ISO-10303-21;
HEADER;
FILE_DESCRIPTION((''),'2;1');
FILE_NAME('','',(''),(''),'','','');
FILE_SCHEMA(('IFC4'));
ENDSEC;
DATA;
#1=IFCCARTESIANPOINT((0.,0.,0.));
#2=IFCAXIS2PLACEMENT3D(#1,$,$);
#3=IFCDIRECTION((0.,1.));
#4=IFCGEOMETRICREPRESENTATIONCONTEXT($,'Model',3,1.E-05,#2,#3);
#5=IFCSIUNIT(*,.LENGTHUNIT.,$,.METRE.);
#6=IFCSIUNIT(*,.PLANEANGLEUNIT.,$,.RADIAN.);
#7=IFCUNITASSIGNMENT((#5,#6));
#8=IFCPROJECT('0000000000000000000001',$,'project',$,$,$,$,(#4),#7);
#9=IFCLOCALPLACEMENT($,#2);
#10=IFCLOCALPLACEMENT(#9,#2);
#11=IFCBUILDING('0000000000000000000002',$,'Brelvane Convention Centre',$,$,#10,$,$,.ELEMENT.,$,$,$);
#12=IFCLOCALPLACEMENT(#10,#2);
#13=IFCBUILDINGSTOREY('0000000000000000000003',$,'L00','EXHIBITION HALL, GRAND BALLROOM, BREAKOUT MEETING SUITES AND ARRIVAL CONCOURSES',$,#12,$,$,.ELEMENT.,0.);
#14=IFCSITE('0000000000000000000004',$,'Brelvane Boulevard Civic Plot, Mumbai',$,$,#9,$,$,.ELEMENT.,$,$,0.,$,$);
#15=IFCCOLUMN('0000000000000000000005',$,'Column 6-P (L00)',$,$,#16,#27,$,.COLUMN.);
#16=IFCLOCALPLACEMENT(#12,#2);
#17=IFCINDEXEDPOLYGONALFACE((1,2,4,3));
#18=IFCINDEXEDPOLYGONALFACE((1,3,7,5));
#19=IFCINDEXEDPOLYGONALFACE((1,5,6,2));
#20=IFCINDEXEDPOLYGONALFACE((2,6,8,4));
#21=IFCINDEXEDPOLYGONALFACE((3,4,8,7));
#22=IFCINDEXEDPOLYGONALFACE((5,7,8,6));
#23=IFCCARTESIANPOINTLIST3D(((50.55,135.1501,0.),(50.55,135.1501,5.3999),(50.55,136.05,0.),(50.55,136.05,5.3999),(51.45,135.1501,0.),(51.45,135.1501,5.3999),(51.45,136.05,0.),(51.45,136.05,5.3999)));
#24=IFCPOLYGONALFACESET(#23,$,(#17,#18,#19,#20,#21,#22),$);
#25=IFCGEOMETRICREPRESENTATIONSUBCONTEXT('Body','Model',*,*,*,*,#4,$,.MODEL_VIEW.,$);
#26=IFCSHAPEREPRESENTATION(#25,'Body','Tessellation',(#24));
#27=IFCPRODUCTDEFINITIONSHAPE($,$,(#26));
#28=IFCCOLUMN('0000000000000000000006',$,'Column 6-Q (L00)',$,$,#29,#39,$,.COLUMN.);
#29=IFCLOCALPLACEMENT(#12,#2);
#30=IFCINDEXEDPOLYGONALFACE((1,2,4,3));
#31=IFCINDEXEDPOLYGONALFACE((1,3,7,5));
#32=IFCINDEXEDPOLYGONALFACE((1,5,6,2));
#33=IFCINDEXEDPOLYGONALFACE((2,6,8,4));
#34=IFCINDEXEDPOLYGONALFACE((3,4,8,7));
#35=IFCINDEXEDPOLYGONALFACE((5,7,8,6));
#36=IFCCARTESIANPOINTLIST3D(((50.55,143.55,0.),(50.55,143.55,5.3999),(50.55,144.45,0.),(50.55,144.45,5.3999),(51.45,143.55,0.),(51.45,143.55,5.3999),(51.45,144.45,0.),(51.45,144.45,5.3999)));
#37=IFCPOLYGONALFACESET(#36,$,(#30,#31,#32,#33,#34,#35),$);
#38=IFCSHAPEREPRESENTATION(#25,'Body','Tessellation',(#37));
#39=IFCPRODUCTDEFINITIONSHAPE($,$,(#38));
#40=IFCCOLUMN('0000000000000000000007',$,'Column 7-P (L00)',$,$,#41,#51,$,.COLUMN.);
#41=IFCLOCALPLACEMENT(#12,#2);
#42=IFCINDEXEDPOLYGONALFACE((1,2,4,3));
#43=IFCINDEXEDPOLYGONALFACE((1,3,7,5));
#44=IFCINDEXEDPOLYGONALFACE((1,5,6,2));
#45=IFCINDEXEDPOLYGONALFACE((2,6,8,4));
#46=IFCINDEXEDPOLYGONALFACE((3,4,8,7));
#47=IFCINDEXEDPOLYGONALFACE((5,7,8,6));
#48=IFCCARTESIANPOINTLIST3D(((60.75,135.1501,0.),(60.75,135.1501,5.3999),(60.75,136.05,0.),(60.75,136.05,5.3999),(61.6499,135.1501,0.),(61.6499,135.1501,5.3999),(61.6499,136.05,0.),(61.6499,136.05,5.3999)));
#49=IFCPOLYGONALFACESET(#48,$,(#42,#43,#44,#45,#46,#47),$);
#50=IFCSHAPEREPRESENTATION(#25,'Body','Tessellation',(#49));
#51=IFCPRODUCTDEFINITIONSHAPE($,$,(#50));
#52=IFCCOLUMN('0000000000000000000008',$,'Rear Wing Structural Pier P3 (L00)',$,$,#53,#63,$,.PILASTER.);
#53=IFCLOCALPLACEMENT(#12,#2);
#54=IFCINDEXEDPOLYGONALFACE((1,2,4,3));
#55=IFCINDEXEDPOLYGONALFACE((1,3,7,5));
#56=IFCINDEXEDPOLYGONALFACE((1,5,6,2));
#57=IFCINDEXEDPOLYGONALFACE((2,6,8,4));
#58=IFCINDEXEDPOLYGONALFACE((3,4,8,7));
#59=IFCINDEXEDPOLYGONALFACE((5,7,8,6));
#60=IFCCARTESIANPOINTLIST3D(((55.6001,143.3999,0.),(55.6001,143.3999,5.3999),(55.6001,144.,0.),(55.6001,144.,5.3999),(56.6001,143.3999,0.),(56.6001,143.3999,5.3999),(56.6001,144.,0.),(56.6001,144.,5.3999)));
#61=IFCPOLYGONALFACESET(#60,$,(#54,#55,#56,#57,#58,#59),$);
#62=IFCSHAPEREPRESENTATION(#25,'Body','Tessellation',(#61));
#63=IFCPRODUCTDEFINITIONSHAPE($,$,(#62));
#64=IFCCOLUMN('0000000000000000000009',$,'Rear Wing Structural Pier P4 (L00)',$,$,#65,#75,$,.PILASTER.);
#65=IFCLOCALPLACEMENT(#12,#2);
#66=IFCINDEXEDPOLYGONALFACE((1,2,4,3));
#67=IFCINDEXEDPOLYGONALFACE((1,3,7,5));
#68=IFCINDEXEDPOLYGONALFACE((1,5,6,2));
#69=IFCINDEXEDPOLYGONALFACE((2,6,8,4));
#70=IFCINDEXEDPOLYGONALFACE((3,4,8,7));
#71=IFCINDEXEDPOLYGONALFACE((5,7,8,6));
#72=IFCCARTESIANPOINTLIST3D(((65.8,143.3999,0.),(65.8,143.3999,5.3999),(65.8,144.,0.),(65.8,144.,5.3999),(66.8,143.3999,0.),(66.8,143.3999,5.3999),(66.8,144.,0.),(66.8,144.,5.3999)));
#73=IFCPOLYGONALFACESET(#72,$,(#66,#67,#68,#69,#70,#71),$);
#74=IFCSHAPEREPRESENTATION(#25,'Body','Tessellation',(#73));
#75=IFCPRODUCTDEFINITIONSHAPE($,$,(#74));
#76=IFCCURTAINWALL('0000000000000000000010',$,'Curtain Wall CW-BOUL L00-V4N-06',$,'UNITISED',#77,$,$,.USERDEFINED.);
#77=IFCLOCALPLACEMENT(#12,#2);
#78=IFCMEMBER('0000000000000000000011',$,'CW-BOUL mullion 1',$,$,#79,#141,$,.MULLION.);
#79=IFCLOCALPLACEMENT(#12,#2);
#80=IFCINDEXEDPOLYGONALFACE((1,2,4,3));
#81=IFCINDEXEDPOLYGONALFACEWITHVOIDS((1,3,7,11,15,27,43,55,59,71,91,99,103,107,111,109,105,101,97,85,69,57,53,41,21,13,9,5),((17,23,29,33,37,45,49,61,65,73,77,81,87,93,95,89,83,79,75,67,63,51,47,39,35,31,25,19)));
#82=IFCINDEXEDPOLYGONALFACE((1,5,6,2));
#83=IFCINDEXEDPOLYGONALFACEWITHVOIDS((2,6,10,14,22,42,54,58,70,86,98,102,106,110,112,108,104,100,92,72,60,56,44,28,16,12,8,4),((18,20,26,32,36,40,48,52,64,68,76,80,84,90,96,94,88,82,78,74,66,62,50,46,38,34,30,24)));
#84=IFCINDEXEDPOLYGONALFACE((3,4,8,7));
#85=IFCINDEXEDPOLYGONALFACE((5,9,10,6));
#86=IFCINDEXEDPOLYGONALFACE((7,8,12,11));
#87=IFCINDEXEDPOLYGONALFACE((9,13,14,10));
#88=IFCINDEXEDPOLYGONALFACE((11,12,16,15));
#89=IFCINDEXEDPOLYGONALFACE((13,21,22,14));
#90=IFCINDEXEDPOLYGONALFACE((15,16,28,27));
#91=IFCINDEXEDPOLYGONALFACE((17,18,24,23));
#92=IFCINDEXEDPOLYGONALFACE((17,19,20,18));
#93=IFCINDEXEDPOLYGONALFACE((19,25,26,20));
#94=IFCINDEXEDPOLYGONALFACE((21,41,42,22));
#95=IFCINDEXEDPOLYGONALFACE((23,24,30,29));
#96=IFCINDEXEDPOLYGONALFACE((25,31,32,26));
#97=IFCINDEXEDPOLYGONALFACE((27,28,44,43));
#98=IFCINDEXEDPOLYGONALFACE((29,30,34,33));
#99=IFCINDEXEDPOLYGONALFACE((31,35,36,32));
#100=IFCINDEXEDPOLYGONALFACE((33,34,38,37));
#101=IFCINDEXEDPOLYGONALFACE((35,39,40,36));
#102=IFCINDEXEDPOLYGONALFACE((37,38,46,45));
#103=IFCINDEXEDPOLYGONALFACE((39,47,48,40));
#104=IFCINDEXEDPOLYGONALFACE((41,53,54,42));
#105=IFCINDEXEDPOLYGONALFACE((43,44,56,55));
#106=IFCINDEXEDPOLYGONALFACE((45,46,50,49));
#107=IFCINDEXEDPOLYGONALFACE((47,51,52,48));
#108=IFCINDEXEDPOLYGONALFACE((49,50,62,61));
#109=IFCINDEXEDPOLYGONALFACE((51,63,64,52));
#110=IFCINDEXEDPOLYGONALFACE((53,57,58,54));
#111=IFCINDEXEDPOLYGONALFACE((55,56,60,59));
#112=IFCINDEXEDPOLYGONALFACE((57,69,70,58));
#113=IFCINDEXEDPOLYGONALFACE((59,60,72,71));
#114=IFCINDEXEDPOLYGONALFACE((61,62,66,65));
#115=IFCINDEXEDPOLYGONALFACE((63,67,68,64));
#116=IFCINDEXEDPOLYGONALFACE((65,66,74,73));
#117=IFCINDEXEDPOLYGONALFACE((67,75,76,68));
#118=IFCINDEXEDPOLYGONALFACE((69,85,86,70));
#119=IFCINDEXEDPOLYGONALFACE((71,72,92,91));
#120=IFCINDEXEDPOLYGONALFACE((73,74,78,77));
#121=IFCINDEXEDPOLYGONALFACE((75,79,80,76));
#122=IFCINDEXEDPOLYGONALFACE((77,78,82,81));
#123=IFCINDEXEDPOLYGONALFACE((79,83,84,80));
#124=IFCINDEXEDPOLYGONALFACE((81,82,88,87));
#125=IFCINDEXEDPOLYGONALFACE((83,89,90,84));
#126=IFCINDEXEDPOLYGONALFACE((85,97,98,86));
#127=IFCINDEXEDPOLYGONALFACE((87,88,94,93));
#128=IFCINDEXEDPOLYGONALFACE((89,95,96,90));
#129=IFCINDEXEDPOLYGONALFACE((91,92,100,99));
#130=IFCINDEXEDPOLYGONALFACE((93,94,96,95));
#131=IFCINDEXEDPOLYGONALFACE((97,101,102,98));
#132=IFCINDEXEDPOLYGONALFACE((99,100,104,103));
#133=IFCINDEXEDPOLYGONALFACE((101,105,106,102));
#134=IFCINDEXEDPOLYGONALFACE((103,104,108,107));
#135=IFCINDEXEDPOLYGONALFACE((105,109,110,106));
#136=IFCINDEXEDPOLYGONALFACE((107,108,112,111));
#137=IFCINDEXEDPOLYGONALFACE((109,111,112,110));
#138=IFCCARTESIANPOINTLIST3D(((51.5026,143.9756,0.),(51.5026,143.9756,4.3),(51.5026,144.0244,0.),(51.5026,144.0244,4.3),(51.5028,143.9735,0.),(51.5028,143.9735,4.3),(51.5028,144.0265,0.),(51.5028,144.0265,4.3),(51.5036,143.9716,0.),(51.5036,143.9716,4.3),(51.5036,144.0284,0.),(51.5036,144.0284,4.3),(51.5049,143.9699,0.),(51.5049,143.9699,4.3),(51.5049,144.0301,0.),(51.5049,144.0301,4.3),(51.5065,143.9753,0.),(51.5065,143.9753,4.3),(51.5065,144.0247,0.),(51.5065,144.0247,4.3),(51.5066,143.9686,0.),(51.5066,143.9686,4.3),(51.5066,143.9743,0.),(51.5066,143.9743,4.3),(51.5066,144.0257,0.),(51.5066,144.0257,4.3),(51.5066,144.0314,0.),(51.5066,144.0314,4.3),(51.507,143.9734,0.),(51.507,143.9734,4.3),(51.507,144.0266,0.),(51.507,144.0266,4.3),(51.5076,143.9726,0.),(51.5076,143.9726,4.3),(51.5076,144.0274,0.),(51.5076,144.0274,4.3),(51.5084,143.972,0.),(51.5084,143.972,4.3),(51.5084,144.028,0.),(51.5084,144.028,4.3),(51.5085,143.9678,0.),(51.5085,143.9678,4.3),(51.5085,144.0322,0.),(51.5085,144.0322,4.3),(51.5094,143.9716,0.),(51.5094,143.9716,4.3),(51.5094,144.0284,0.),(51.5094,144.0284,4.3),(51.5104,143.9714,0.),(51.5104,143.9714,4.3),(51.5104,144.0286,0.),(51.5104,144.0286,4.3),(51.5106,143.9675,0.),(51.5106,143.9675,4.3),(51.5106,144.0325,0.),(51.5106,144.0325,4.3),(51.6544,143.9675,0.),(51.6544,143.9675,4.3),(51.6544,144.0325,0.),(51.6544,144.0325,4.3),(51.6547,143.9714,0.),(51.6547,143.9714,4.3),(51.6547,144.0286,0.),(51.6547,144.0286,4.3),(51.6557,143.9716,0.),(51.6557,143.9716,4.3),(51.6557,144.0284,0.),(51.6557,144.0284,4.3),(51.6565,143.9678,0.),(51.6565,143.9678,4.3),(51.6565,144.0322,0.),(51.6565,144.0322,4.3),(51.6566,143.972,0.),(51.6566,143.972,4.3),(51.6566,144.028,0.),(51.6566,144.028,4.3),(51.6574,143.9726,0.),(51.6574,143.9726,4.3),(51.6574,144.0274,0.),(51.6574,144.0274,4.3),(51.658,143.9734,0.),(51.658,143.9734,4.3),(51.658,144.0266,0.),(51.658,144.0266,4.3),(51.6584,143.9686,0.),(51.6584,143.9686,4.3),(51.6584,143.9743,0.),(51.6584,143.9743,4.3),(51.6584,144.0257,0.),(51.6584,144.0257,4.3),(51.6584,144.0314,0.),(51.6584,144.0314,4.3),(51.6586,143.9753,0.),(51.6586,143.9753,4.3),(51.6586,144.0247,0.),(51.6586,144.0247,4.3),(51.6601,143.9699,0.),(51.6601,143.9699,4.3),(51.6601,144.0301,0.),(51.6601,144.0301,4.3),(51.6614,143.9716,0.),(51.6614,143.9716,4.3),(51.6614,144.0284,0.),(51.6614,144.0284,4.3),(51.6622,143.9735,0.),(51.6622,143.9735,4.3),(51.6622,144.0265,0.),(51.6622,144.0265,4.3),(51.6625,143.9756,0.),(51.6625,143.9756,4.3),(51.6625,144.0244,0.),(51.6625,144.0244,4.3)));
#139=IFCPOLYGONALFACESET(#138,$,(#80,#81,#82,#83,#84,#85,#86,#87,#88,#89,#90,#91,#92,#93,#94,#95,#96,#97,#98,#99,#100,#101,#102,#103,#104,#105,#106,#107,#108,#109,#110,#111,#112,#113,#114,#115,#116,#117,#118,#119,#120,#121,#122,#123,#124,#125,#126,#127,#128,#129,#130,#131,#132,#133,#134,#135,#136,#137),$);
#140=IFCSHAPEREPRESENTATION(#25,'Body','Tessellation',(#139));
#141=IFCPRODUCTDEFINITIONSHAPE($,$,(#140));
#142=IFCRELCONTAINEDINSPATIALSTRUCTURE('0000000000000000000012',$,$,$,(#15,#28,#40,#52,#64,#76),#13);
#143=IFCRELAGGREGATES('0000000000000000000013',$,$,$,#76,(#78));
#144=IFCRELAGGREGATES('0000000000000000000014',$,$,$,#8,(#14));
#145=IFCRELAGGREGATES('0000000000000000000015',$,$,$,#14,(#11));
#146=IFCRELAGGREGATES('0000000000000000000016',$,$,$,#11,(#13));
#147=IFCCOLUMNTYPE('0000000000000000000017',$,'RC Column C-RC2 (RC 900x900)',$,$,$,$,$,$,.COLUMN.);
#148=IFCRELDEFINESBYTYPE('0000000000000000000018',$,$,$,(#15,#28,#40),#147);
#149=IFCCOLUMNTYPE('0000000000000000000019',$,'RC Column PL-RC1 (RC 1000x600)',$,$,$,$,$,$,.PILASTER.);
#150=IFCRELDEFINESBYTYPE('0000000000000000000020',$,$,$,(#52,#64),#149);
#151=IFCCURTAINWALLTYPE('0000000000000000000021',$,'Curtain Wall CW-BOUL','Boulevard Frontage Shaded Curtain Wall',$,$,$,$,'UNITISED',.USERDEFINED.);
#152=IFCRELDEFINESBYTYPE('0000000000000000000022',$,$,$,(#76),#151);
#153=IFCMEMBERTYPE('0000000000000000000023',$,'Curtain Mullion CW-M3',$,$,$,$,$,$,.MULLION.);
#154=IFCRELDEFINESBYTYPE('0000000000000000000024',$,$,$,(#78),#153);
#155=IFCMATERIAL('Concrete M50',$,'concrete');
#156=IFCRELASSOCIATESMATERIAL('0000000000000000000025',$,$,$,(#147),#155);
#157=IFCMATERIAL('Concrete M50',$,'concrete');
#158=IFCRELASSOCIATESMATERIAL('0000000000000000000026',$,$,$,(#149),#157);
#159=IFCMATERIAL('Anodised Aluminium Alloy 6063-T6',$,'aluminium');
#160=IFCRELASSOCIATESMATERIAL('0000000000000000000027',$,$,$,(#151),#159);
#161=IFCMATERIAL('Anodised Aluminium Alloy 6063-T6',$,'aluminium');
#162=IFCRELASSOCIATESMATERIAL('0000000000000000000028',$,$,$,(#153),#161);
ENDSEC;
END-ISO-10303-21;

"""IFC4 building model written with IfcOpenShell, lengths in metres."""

from ifc_helpers import new_model, si_unit, direction, frame, origin, origin_2d, place, context, subcontext, project, spatial, rectangle, hollow_rectangle, extrude, material, material_profile, profile_set, type_object, element, aggregate, save


model = new_model("IFC4")

# Units and contexts
model_context = context("Model", 3, precision=1e-05, world=origin(), true_north=direction((0.0, 1.0)))
body_context = subcontext(model_context, "Body", "Model", "MODEL_VIEW")
ifc_project = project(units=[si_unit("LENGTHUNIT", "METRE"), si_unit("PLANEANGLEUNIT", "RADIAN")], contexts=[model_context])

# Site, building, storey
site_placement = place(None, origin())
site = spatial("IfcSite", under=ifc_project, at=site_placement, Name="Brelvane Boulevard Civic Plot, Mumbai", CompositionType="ELEMENT", RefElevation=0.0)
building_placement = place(site_placement, origin())
building = spatial("IfcBuilding", under=site, at=building_placement, Name="Brelvane Convention Centre", CompositionType="ELEMENT")
storey_placement = place(building_placement, origin())
storey = spatial("IfcBuildingStorey", under=building, at=storey_placement, Name="L00", Description="EXHIBITION HALL, GRAND BALLROOM, BREAKOUT MEETING SUITES AND ARRIVAL CONCOURSES", CompositionType="ELEMENT", Elevation=0.0)

# Columns
ifc_material_1 = material(Name="Concrete M50", Category="concrete")
ifc_material_profile_1 = material_profile(ifc_material_1, rectangle(XDim=0.8999, YDim=0.8999, at=origin_2d()), Name="RC 900x900")
ifc_profile_set_1 = profile_set([ifc_material_profile_1], Name="Concrete M50")
column_type_1 = type_object("IfcColumnType", Name="RC Column C-RC2 (RC 900x900)", PredefinedType="COLUMN", material=ifc_profile_set_1)
for number, where, z_axis, x_axis, name in (
    (1, (51.0, 135.6001, 0.0), (0.0, 0.0, 1.0), (1.0, 0.0, 0.0), "Column 6-P (L00)"),
    (2, (51.0, 144.0, 0.0), (0.0, 0.0, 1.0), (1.0, 0.0, 0.0), "Column 6-Q (L00)"),
    (3, (61.2, 135.6001, 0.0), (0.0, 0.0, 1.0), (1.0, 0.0, 0.0), "Column 7-P (L00)"),
):
    element("IfcColumn", number, at=place(storey_placement, frame(where, z_axis=z_axis, x_axis=x_axis)), inside=storey, type_object=column_type_1, Name=name, PredefinedType="COLUMN", context=body_context, shape_type="SweptSolid", body=[
        extrude(rectangle(XDim=0.8999, YDim=0.8999, at=origin_2d()), origin(), (0.0, 0.0, 1.0), 5.3999),
    ])
ifc_material_2 = material(Name="Concrete M50", Category="concrete")
ifc_material_profile_2 = material_profile(ifc_material_2, rectangle(XDim=1.0, YDim=0.6001, at=origin_2d()), Name="RC 1000x600")
ifc_profile_set_2 = profile_set([ifc_material_profile_2], Name="Concrete M50")
column_type_2 = type_object("IfcColumnType", Name="RC Column PL-RC1 (RC 1000x600)", PredefinedType="PILASTER", material=ifc_profile_set_2)
for number, where, z_axis, x_axis, name in (
    (4, (56.1001, 143.7, 0.0), (0.0, 0.0, 1.0), (1.0, 0.0, 0.0), "Rear Wing Structural Pier P3 (L00)"),
    (5, (66.3, 143.7, 0.0), (0.0, 0.0, 1.0), (1.0, 0.0, 0.0), "Rear Wing Structural Pier P4 (L00)"),
):
    element("IfcColumn", number, at=place(storey_placement, frame(where, z_axis=z_axis, x_axis=x_axis)), inside=storey, type_object=column_type_2, Name=name, PredefinedType="PILASTER", context=body_context, shape_type="SweptSolid", body=[
        extrude(rectangle(XDim=1.0, YDim=0.6001, at=origin_2d()), origin(), (0.0, 0.0, 1.0), 5.3999),
    ])

# Curtain wall, member
ifc_material_3 = material(Name="Anodised Aluminium Alloy 6063-T6", Category="aluminium")
curtain_wall_type = type_object("IfcCurtainWallType", Name="Curtain Wall CW-BOUL", Description="Boulevard Frontage Shaded Curtain Wall", ElementType="UNITISED", PredefinedType="USERDEFINED", material=ifc_material_3)
curtain_wall_placement = place(storey_placement, origin())
curtain_wall = element("IfcCurtainWall", 6, at=curtain_wall_placement, inside=storey, type_object=curtain_wall_type, Name="Curtain Wall CW-BOUL L00-V4N-06", ObjectType="UNITISED", PredefinedType="USERDEFINED")
ifc_material_4 = material(Name="Anodised Aluminium Alloy 6063-T6", Category="aluminium")
ifc_material_profile_3 = material_profile(ifc_material_4, hollow_rectangle(XDim=0.0649, YDim=0.1599, WallThickness=0.0039, InnerFilletRadius=0.0039, OuterFilletRadius=0.0081, at=origin_2d()), Name="ALU-M 160x65x4.0")
ifc_profile_set_3 = profile_set([ifc_material_profile_3], Name="Anodised Aluminium Alloy 6063-T6")
member_type_1 = type_object("IfcMemberType", Name="Curtain Mullion CW-M3", PredefinedType="MULLION", material=ifc_profile_set_3)
member_1_placement = place(storey_placement, frame((51.5825, 144.0, 0.0), z_axis=(0.0, 0.0, 1.0), x_axis=(0.0, 1.0, 0.0)))
member_1 = element("IfcMember", 7, at=member_1_placement, type_object=member_type_1, Name="CW-BOUL mullion 1", PredefinedType="MULLION", context=body_context, shape_type="SweptSolid", body=[
    extrude(hollow_rectangle(XDim=0.0649, YDim=0.1599, WallThickness=0.0039, InnerFilletRadius=0.0039, OuterFilletRadius=0.0081, at=origin_2d()), origin(), (0.0, 0.0, 1.0), 4.3),
])

aggregate(curtain_wall, [member_1])

save(model, "model.ifc")
